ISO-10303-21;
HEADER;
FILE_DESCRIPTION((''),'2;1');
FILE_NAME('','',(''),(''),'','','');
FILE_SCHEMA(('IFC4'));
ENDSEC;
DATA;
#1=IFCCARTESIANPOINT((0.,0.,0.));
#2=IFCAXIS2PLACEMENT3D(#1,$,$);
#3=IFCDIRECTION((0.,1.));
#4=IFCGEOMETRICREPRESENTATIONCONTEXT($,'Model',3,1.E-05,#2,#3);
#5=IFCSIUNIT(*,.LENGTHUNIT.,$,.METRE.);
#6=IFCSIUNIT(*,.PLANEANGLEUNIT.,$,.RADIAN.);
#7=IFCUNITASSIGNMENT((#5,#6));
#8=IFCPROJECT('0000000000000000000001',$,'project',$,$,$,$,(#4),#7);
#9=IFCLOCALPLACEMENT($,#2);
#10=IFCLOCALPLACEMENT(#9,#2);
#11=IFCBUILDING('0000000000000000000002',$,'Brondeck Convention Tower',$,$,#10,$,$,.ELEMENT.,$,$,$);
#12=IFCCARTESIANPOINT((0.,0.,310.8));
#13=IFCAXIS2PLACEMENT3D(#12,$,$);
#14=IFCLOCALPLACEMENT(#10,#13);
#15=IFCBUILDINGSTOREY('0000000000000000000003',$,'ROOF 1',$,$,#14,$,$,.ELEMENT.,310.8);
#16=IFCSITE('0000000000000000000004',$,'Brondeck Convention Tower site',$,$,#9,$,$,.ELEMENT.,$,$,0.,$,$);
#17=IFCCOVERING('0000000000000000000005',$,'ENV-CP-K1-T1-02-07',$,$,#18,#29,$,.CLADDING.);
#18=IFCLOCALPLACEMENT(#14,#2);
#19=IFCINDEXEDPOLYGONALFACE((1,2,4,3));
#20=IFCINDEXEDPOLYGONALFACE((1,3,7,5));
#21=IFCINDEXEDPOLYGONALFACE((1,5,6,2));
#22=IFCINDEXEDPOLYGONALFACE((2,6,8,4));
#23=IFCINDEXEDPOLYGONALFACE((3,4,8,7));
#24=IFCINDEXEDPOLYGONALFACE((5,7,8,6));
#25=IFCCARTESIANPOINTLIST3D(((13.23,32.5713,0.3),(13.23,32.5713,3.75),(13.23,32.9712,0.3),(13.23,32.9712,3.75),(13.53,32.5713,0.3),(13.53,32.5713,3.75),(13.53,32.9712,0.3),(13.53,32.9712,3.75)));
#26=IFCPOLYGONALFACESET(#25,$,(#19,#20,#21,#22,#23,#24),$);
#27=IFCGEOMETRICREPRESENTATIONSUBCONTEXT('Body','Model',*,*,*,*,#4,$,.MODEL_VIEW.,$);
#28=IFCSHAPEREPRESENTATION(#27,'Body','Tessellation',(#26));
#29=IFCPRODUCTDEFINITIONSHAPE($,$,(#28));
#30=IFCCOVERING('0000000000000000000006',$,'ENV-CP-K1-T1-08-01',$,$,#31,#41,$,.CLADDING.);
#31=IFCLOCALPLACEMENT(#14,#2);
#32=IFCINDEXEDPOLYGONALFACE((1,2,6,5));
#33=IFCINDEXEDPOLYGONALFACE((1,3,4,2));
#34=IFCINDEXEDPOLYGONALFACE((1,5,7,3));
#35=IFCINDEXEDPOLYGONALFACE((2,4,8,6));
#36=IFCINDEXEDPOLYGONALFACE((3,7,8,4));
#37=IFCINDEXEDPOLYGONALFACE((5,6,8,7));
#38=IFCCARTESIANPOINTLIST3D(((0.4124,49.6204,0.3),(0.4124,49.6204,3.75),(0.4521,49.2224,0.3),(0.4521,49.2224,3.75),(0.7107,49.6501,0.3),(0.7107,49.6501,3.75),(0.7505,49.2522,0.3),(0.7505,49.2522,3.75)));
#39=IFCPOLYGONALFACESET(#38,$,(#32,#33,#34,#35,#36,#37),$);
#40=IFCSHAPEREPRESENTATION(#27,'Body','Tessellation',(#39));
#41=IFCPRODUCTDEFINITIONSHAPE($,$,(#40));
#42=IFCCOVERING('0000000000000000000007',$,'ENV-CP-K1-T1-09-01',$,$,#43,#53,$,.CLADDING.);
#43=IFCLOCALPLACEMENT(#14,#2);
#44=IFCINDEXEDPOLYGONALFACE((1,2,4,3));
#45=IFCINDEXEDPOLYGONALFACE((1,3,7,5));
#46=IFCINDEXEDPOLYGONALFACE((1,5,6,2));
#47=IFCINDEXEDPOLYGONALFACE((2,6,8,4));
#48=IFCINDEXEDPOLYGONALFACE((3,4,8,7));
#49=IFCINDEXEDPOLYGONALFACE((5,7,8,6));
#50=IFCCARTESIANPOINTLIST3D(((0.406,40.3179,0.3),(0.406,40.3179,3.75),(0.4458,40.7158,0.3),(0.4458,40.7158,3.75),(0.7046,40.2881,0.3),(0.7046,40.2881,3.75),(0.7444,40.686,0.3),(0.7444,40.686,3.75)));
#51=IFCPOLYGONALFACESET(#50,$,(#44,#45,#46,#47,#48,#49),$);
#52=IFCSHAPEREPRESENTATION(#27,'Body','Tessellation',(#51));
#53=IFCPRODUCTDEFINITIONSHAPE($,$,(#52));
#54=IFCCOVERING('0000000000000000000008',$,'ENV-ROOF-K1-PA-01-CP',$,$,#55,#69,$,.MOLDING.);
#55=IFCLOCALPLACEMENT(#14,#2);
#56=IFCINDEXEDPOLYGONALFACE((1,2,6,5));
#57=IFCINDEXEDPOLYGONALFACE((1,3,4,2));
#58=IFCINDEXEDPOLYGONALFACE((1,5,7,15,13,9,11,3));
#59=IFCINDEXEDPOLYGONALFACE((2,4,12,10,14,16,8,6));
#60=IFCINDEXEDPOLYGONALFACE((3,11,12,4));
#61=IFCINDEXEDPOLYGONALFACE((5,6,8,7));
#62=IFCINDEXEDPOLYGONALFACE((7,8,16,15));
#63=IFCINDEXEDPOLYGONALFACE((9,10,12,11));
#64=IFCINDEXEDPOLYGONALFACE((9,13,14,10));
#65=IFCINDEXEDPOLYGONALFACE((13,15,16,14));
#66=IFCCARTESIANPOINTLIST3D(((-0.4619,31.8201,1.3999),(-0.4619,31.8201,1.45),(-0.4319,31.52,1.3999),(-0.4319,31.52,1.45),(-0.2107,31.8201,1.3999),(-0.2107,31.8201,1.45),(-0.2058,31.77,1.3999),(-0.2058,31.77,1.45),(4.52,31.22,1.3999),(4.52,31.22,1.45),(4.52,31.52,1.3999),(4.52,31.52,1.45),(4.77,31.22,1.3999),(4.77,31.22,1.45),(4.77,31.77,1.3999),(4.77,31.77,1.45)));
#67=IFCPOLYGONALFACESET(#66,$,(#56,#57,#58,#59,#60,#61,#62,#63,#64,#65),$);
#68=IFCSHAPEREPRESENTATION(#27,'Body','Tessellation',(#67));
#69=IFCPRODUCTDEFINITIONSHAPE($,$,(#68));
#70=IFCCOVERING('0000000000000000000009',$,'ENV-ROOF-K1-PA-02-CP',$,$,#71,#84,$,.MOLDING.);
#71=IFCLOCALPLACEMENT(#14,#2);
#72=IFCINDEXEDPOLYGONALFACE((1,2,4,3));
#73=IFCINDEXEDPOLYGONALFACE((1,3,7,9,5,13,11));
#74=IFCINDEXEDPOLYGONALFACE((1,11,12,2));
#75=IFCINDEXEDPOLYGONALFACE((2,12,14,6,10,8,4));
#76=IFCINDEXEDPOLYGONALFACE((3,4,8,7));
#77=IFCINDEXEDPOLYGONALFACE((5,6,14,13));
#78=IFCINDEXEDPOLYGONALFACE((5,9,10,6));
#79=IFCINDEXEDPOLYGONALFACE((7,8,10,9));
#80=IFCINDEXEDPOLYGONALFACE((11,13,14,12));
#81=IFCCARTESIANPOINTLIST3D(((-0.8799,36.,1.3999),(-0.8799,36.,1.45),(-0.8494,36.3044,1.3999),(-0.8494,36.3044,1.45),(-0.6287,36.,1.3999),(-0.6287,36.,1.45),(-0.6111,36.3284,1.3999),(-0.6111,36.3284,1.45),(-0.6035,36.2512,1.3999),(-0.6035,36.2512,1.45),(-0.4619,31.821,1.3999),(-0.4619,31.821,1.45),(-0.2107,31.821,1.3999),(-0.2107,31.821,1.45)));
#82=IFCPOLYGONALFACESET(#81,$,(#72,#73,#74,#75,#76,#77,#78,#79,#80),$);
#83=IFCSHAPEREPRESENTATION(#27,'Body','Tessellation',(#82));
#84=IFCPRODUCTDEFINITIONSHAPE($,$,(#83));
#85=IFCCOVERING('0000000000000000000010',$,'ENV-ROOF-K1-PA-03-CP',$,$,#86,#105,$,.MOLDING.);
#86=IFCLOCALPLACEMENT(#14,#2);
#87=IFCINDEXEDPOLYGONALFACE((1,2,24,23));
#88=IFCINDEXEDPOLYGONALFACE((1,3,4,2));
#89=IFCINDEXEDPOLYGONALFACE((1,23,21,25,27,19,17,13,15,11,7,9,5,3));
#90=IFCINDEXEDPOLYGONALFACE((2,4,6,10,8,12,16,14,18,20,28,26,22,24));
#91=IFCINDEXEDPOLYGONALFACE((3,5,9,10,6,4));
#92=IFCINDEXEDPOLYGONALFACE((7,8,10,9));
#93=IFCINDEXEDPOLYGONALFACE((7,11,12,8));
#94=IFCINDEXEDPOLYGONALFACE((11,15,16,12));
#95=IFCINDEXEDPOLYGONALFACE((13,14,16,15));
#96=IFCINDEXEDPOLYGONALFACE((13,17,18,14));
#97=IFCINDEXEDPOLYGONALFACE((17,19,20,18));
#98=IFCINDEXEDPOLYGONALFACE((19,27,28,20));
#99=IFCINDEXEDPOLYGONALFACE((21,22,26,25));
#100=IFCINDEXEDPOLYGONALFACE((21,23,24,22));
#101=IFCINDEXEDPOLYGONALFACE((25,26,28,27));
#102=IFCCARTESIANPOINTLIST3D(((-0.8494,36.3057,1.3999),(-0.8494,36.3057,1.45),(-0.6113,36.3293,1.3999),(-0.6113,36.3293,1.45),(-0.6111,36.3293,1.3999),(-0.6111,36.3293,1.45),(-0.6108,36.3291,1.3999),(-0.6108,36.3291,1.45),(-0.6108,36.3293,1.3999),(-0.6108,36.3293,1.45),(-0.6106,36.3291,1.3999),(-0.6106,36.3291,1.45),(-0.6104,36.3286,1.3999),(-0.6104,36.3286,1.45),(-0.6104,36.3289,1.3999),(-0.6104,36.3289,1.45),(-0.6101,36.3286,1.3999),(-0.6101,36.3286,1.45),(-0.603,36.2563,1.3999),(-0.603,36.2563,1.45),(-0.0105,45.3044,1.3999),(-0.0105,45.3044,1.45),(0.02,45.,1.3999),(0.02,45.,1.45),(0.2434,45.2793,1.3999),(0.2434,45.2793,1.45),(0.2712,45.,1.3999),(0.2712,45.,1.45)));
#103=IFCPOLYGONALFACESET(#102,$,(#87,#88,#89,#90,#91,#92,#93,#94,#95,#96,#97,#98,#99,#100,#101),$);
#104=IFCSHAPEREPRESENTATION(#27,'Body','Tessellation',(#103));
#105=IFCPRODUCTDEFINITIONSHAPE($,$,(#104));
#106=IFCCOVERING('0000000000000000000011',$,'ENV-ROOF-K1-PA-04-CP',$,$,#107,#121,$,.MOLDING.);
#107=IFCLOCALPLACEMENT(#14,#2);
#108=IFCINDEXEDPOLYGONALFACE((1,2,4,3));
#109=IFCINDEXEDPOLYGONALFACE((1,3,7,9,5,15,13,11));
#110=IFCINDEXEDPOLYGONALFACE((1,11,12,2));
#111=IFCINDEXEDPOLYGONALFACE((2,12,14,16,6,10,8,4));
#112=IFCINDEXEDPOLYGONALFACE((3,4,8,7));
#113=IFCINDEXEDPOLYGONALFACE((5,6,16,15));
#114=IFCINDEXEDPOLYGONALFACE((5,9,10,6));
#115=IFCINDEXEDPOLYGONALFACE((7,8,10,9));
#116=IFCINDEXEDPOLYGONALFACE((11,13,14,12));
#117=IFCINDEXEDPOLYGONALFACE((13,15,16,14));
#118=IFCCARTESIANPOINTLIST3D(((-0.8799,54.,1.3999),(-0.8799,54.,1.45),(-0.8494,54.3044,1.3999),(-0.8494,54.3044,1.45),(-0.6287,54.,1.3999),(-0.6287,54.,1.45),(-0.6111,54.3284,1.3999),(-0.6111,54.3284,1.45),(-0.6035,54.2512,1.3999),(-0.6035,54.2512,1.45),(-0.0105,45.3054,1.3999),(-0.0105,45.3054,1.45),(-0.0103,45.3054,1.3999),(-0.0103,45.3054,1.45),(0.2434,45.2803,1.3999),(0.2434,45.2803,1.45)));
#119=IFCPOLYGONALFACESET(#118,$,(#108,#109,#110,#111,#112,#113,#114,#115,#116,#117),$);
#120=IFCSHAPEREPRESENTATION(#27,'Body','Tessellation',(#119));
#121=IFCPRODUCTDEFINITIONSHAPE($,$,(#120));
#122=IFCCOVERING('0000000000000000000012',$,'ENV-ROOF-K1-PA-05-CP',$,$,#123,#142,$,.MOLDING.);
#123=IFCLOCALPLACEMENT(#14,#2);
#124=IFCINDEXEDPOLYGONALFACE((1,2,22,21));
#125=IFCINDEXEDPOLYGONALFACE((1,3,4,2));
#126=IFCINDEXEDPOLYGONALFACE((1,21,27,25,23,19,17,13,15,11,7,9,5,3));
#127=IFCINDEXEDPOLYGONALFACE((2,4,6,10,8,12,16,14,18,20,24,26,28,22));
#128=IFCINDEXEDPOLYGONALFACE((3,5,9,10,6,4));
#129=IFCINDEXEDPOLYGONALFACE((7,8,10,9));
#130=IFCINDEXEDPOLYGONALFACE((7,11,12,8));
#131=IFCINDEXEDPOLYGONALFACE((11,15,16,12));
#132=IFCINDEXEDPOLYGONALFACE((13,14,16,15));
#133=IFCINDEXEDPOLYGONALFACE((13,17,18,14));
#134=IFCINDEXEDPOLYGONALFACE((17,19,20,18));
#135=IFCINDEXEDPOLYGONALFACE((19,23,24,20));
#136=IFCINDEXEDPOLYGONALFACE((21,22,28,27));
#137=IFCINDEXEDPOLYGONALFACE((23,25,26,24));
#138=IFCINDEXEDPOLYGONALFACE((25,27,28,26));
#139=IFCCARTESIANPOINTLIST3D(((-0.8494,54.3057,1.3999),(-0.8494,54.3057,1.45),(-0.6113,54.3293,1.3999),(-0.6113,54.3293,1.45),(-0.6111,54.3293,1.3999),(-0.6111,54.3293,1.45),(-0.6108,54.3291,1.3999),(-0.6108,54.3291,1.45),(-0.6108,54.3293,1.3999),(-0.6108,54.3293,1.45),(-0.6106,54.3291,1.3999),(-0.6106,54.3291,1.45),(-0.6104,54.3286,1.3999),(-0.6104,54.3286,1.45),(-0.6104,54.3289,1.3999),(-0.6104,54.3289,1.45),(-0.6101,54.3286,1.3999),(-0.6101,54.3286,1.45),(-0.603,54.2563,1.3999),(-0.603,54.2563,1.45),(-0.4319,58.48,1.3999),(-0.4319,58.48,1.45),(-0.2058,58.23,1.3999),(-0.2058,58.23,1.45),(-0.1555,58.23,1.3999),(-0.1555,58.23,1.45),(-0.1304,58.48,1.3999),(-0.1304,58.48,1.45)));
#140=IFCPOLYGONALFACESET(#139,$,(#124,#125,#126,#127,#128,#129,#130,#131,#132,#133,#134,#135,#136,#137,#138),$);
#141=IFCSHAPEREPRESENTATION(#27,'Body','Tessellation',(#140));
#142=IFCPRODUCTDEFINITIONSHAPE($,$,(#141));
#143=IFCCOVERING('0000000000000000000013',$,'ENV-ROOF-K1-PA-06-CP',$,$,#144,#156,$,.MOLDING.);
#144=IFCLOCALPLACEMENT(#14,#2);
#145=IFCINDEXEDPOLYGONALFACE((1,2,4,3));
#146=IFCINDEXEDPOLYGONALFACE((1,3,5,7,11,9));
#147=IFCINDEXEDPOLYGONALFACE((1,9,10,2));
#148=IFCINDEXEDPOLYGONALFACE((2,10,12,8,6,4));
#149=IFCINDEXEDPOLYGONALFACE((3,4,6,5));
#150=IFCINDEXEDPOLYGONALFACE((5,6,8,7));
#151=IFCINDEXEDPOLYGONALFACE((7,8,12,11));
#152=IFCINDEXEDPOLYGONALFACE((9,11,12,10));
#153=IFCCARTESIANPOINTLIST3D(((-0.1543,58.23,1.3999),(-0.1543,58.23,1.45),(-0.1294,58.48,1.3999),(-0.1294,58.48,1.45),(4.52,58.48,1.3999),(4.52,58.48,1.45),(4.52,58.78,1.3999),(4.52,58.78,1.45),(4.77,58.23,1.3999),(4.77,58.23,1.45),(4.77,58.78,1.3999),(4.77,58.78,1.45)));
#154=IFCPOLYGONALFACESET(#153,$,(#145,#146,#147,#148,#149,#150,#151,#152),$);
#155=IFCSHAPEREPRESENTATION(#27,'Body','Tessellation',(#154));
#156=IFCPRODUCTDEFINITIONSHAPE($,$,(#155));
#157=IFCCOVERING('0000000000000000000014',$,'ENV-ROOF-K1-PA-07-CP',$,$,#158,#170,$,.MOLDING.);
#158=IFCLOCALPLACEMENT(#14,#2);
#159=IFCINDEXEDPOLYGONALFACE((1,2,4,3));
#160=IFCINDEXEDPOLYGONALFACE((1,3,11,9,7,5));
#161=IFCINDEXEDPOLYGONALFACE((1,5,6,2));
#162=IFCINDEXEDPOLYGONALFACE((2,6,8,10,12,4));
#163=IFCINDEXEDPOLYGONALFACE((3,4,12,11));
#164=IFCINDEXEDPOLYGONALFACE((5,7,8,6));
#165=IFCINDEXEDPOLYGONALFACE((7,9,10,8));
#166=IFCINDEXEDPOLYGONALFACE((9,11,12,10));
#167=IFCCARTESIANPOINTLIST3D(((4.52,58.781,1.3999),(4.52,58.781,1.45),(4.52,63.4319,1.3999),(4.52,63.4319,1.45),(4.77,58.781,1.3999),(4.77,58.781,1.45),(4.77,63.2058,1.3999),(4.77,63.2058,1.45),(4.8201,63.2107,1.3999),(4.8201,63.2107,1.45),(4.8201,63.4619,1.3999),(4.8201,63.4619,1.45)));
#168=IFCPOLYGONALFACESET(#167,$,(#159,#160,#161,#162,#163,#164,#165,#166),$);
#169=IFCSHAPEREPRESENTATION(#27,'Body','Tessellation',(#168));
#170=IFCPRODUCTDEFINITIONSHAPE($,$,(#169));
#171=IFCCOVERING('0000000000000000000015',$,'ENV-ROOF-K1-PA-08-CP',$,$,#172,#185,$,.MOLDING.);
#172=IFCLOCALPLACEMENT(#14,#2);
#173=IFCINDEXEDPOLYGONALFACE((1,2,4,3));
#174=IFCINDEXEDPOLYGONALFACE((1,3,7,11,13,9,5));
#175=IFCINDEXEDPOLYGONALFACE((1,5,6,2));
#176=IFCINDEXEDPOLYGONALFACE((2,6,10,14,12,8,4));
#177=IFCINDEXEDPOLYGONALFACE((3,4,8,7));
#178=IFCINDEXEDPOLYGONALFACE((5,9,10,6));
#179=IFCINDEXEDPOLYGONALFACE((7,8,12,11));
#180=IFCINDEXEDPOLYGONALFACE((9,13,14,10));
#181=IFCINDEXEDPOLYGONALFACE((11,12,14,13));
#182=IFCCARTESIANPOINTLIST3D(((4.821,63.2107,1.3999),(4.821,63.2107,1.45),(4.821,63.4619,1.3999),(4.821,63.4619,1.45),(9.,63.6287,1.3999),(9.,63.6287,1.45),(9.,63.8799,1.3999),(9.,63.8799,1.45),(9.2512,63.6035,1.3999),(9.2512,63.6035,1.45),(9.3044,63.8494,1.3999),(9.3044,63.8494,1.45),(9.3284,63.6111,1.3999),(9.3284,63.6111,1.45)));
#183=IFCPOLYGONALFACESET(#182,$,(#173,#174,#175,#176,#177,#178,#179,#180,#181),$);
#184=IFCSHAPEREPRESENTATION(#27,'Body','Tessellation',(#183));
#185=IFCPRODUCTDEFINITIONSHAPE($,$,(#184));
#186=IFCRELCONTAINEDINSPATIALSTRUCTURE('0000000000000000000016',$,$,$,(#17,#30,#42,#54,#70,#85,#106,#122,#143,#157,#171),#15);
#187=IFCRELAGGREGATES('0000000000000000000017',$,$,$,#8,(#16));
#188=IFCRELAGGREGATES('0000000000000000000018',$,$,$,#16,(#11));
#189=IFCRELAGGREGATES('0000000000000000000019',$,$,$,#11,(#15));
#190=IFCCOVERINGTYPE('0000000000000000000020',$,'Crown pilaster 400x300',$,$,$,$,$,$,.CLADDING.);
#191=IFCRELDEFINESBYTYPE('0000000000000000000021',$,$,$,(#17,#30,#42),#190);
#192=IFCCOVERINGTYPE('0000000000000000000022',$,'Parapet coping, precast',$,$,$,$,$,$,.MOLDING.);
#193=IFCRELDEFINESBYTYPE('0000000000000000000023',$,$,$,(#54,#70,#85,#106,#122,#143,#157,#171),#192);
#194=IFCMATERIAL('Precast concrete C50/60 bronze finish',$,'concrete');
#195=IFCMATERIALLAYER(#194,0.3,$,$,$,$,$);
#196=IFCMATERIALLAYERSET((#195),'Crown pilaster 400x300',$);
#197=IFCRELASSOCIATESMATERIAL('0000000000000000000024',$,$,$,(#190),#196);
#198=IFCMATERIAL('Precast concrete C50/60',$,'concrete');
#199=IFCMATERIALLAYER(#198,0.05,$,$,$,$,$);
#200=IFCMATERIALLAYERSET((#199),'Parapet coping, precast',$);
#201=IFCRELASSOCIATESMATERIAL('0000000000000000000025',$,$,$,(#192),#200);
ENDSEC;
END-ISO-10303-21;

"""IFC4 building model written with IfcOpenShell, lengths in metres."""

from ifc_helpers import new_model, si_unit, direction, frame, origin, place, context, subcontext, project, spatial, polyline, outline, extrude, material, layer, layer_set, type_object, element, save


model = new_model("IFC4")

# Units and contexts
model_context = context("Model", 3, precision=1e-05, world=origin(), true_north=direction((0.0, 1.0)))
body_context = subcontext(model_context, "Body", "Model", "MODEL_VIEW")
ifc_project = project(units=[si_unit("LENGTHUNIT", "METRE"), si_unit("PLANEANGLEUNIT", "RADIAN")], contexts=[model_context])

# Site, building, storey
site_placement = place(None, origin())
site = spatial("IfcSite", under=ifc_project, at=site_placement, Name="Brondeck Convention Tower site", CompositionType="ELEMENT", RefElevation=0.0)
building_placement = place(site_placement, origin())
building = spatial("IfcBuilding", under=site, at=building_placement, Name="Brondeck Convention Tower", CompositionType="ELEMENT")
storey_placement = place(building_placement, frame((0.0, 0.0, 310.8)))
storey = spatial("IfcBuildingStorey", under=building, at=storey_placement, Name="ROOF 1", CompositionType="ELEMENT", Elevation=310.8)

# Shared definitions
ifc_material_1 = material(Name="Precast concrete C50/60", Category="concrete")

# Coverings
ifc_material_2 = material(Name="Precast concrete C50/60 bronze finish", Category="concrete")
ifc_layer_1 = layer(ifc_material_2, 0.3)
ifc_layer_set_1 = layer_set([ifc_layer_1], Name="Crown pilaster 400x300")
covering_type_1 = type_object("IfcCoveringType", Name="Crown pilaster 400x300", PredefinedType="CLADDING", material=ifc_layer_set_1)
covering_1_placement = place(storey_placement, frame((0.0, 0.0, 0.3)))
element("IfcCovering", 1, at=covering_1_placement, inside=storey, type_object=covering_type_1, Name="ENV-CP-K1-T1-02-07", PredefinedType="CLADDING", context=body_context, shape_type="SweptSolid", body=[
    extrude(outline(polyline([(13.53, 32.5713), (13.53, 32.9712), (13.23, 32.9712), (13.23, 32.5713), (13.53, 32.5713)])), origin(), (0.0, 0.0, 1.0), 3.45),
])
covering_2_placement = place(storey_placement, frame((0.0, 0.0, 0.3)))
element("IfcCovering", 2, at=covering_2_placement, inside=storey, type_object=covering_type_1, Name="ENV-CP-K1-T1-08-01", PredefinedType="CLADDING", context=body_context, shape_type="SweptSolid", body=[
    extrude(outline(polyline([(0.4124, 49.6204), (0.4521, 49.2224), (0.7505, 49.2522), (0.7107, 49.6501), (0.4124, 49.6204)])), origin(), (0.0, 0.0, 1.0), 3.45),
])
covering_3_placement = place(storey_placement, frame((0.0, 0.0, 0.3)))
element("IfcCovering", 3, at=covering_3_placement, inside=storey, type_object=covering_type_1, Name="ENV-CP-K1-T1-09-01", PredefinedType="CLADDING", context=body_context, shape_type="SweptSolid", body=[
    extrude(outline(polyline([(0.4458, 40.7158), (0.406, 40.3179), (0.7046, 40.2881), (0.7444, 40.686), (0.4458, 40.7158)])), origin(), (0.0, 0.0, 1.0), 3.45),
])
ifc_layer_2 = layer(ifc_material_1, 0.05)
ifc_layer_set_2 = layer_set([ifc_layer_2], Name="Parapet coping, precast")
covering_type_2 = type_object("IfcCoveringType", Name="Parapet coping, precast", PredefinedType="MOLDING", material=ifc_layer_set_2)
covering_4_placement = place(storey_placement, frame((0.0, 0.0, 1.3999)))
element("IfcCovering", 4, at=covering_4_placement, inside=storey, type_object=covering_type_2, Name="ENV-ROOF-K1-PA-01-CP", PredefinedType="MOLDING", context=body_context, shape_type="SweptSolid", body=[
    extrude(outline(polyline([(-0.2107, 31.8201), (-0.4619, 31.8201), (-0.4319, 31.52), (4.52, 31.52), (4.52, 31.22), (4.77, 31.22), (4.77, 31.77), (-0.2058, 31.77), (-0.2107, 31.8201)])), origin(), (0.0, 0.0, 1.0), 0.05),
])
covering_5_placement = place(storey_placement, frame((0.0, 0.0, 1.3999)))
element("IfcCovering", 5, at=covering_5_placement, inside=storey, type_object=covering_type_2, Name="ENV-ROOF-K1-PA-02-CP", PredefinedType="MOLDING", context=body_context, shape_type="SweptSolid", body=[
    extrude(outline(polyline([(-0.6035, 36.2512), (-0.6111, 36.3284), (-0.8494, 36.3044), (-0.8799, 36.0), (-0.4619, 31.821), (-0.4619, 31.821), (-0.4619, 31.821), (-0.2107, 31.821), (-0.6287, 36.0), (-0.6035, 36.2512)])), origin(), (0.0, 0.0, 1.0), 0.05),
])
covering_6_placement = place(storey_placement, frame((0.0, 0.0, 1.3999)))
element("IfcCovering", 6, at=covering_6_placement, inside=storey, type_object=covering_type_2, Name="ENV-ROOF-K1-PA-03-CP", PredefinedType="MOLDING", context=body_context, shape_type="SweptSolid", body=[
    extrude(outline(polyline([(0.2712, 45.0), (0.2434, 45.2793), (-0.0105, 45.3044), (0.02, 45.0), (-0.8494, 36.3057), (-0.6113, 36.3293), (-0.6111, 36.3293), (-0.6111, 36.3293), (-0.6111, 36.3293), (-0.6111, 36.3293), (-0.6108, 36.3293), (-0.6108, 36.3291), (-0.6106, 36.3291), (-0.6106, 36.3291), (-0.6106, 36.3291), (-0.6106, 36.3291), (-0.6104, 36.3289), (-0.6104, 36.3289), (-0.6104, 36.3286), (-0.6104, 36.3286), (-0.6104, 36.3286), (-0.6101, 36.3286), (-0.603, 36.2563), (0.2712, 45.0)])), origin(), (0.0, 0.0, 1.0), 0.05),
])
covering_7_placement = place(storey_placement, frame((0.0, 0.0, 1.3999)))
element("IfcCovering", 7, at=covering_7_placement, inside=storey, type_object=covering_type_2, Name="ENV-ROOF-K1-PA-04-CP", PredefinedType="MOLDING", context=body_context, shape_type="SweptSolid", body=[
    extrude(outline(polyline([(-0.6035, 54.2512), (-0.6111, 54.3284), (-0.8494, 54.3044), (-0.8799, 54.0), (-0.0105, 45.3054), (-0.0105, 45.3054), (-0.0105, 45.3054), (-0.0103, 45.3054), (0.2434, 45.2803), (-0.6287, 54.0), (-0.6035, 54.2512)])), origin(), (0.0, 0.0, 1.0), 0.05),
])
covering_8_placement = place(storey_placement, frame((0.0, 0.0, 1.3999)))
element("IfcCovering", 8, at=covering_8_placement, inside=storey, type_object=covering_type_2, Name="ENV-ROOF-K1-PA-05-CP", PredefinedType="MOLDING", context=body_context, shape_type="SweptSolid", body=[
    extrude(outline(polyline([(-0.2058, 58.23), (-0.1555, 58.23), (-0.1304, 58.48), (-0.4319, 58.48), (-0.8494, 54.3057), (-0.6113, 54.3293), (-0.6111, 54.3293), (-0.6111, 54.3293), (-0.6111, 54.3293), (-0.6111, 54.3293), (-0.6108, 54.3293), (-0.6108, 54.3291), (-0.6106, 54.3291), (-0.6106, 54.3291), (-0.6106, 54.3291), (-0.6106, 54.3291), (-0.6104, 54.3289), (-0.6104, 54.3289), (-0.6104, 54.3286), (-0.6104, 54.3286), (-0.6104, 54.3286), (-0.6101, 54.3286), (-0.603, 54.2563), (-0.2058, 58.23)])), origin(), (0.0, 0.0, 1.0), 0.05),
])
covering_9_placement = place(storey_placement, frame((0.0, 0.0, 1.3999)))
element("IfcCovering", 9, at=covering_9_placement, inside=storey, type_object=covering_type_2, Name="ENV-ROOF-K1-PA-06-CP", PredefinedType="MOLDING", context=body_context, shape_type="SweptSolid", body=[
    extrude(outline(polyline([(4.77, 58.23), (4.77, 58.78), (4.52, 58.78), (4.52, 58.48), (-0.1294, 58.48), (-0.1294, 58.48), (-0.1294, 58.48), (-0.1543, 58.23), (4.77, 58.23)])), origin(), (0.0, 0.0, 1.0), 0.05),
])
covering_10_placement = place(storey_placement, frame((0.0, 0.0, 1.3999)))
element("IfcCovering", 10, at=covering_10_placement, inside=storey, type_object=covering_type_2, Name="ENV-ROOF-K1-PA-07-CP", PredefinedType="MOLDING", context=body_context, shape_type="SweptSolid", body=[
    extrude(outline(polyline([(4.77, 63.2058), (4.8201, 63.2107), (4.8201, 63.4619), (4.52, 63.4319), (4.52, 58.781), (4.77, 58.781), (4.77, 63.2058)])), origin(), (0.0, 0.0, 1.0), 0.05),
])
covering_11_placement = place(storey_placement, frame((0.0, 0.0, 1.3999)))
element("IfcCovering", 11, at=covering_11_placement, inside=storey, type_object=covering_type_2, Name="ENV-ROOF-K1-PA-08-CP", PredefinedType="MOLDING", context=body_context, shape_type="SweptSolid", body=[
    extrude(outline(polyline([(9.2512, 63.6035), (9.3284, 63.6111), (9.3044, 63.8494), (9.0, 63.8799), (4.821, 63.4619), (4.821, 63.4619), (4.821, 63.4619), (4.821, 63.2107), (9.0, 63.6287), (9.2512, 63.6035)])), origin(), (0.0, 0.0, 1.0), 0.05),
])

save(model, "model.ifc")
